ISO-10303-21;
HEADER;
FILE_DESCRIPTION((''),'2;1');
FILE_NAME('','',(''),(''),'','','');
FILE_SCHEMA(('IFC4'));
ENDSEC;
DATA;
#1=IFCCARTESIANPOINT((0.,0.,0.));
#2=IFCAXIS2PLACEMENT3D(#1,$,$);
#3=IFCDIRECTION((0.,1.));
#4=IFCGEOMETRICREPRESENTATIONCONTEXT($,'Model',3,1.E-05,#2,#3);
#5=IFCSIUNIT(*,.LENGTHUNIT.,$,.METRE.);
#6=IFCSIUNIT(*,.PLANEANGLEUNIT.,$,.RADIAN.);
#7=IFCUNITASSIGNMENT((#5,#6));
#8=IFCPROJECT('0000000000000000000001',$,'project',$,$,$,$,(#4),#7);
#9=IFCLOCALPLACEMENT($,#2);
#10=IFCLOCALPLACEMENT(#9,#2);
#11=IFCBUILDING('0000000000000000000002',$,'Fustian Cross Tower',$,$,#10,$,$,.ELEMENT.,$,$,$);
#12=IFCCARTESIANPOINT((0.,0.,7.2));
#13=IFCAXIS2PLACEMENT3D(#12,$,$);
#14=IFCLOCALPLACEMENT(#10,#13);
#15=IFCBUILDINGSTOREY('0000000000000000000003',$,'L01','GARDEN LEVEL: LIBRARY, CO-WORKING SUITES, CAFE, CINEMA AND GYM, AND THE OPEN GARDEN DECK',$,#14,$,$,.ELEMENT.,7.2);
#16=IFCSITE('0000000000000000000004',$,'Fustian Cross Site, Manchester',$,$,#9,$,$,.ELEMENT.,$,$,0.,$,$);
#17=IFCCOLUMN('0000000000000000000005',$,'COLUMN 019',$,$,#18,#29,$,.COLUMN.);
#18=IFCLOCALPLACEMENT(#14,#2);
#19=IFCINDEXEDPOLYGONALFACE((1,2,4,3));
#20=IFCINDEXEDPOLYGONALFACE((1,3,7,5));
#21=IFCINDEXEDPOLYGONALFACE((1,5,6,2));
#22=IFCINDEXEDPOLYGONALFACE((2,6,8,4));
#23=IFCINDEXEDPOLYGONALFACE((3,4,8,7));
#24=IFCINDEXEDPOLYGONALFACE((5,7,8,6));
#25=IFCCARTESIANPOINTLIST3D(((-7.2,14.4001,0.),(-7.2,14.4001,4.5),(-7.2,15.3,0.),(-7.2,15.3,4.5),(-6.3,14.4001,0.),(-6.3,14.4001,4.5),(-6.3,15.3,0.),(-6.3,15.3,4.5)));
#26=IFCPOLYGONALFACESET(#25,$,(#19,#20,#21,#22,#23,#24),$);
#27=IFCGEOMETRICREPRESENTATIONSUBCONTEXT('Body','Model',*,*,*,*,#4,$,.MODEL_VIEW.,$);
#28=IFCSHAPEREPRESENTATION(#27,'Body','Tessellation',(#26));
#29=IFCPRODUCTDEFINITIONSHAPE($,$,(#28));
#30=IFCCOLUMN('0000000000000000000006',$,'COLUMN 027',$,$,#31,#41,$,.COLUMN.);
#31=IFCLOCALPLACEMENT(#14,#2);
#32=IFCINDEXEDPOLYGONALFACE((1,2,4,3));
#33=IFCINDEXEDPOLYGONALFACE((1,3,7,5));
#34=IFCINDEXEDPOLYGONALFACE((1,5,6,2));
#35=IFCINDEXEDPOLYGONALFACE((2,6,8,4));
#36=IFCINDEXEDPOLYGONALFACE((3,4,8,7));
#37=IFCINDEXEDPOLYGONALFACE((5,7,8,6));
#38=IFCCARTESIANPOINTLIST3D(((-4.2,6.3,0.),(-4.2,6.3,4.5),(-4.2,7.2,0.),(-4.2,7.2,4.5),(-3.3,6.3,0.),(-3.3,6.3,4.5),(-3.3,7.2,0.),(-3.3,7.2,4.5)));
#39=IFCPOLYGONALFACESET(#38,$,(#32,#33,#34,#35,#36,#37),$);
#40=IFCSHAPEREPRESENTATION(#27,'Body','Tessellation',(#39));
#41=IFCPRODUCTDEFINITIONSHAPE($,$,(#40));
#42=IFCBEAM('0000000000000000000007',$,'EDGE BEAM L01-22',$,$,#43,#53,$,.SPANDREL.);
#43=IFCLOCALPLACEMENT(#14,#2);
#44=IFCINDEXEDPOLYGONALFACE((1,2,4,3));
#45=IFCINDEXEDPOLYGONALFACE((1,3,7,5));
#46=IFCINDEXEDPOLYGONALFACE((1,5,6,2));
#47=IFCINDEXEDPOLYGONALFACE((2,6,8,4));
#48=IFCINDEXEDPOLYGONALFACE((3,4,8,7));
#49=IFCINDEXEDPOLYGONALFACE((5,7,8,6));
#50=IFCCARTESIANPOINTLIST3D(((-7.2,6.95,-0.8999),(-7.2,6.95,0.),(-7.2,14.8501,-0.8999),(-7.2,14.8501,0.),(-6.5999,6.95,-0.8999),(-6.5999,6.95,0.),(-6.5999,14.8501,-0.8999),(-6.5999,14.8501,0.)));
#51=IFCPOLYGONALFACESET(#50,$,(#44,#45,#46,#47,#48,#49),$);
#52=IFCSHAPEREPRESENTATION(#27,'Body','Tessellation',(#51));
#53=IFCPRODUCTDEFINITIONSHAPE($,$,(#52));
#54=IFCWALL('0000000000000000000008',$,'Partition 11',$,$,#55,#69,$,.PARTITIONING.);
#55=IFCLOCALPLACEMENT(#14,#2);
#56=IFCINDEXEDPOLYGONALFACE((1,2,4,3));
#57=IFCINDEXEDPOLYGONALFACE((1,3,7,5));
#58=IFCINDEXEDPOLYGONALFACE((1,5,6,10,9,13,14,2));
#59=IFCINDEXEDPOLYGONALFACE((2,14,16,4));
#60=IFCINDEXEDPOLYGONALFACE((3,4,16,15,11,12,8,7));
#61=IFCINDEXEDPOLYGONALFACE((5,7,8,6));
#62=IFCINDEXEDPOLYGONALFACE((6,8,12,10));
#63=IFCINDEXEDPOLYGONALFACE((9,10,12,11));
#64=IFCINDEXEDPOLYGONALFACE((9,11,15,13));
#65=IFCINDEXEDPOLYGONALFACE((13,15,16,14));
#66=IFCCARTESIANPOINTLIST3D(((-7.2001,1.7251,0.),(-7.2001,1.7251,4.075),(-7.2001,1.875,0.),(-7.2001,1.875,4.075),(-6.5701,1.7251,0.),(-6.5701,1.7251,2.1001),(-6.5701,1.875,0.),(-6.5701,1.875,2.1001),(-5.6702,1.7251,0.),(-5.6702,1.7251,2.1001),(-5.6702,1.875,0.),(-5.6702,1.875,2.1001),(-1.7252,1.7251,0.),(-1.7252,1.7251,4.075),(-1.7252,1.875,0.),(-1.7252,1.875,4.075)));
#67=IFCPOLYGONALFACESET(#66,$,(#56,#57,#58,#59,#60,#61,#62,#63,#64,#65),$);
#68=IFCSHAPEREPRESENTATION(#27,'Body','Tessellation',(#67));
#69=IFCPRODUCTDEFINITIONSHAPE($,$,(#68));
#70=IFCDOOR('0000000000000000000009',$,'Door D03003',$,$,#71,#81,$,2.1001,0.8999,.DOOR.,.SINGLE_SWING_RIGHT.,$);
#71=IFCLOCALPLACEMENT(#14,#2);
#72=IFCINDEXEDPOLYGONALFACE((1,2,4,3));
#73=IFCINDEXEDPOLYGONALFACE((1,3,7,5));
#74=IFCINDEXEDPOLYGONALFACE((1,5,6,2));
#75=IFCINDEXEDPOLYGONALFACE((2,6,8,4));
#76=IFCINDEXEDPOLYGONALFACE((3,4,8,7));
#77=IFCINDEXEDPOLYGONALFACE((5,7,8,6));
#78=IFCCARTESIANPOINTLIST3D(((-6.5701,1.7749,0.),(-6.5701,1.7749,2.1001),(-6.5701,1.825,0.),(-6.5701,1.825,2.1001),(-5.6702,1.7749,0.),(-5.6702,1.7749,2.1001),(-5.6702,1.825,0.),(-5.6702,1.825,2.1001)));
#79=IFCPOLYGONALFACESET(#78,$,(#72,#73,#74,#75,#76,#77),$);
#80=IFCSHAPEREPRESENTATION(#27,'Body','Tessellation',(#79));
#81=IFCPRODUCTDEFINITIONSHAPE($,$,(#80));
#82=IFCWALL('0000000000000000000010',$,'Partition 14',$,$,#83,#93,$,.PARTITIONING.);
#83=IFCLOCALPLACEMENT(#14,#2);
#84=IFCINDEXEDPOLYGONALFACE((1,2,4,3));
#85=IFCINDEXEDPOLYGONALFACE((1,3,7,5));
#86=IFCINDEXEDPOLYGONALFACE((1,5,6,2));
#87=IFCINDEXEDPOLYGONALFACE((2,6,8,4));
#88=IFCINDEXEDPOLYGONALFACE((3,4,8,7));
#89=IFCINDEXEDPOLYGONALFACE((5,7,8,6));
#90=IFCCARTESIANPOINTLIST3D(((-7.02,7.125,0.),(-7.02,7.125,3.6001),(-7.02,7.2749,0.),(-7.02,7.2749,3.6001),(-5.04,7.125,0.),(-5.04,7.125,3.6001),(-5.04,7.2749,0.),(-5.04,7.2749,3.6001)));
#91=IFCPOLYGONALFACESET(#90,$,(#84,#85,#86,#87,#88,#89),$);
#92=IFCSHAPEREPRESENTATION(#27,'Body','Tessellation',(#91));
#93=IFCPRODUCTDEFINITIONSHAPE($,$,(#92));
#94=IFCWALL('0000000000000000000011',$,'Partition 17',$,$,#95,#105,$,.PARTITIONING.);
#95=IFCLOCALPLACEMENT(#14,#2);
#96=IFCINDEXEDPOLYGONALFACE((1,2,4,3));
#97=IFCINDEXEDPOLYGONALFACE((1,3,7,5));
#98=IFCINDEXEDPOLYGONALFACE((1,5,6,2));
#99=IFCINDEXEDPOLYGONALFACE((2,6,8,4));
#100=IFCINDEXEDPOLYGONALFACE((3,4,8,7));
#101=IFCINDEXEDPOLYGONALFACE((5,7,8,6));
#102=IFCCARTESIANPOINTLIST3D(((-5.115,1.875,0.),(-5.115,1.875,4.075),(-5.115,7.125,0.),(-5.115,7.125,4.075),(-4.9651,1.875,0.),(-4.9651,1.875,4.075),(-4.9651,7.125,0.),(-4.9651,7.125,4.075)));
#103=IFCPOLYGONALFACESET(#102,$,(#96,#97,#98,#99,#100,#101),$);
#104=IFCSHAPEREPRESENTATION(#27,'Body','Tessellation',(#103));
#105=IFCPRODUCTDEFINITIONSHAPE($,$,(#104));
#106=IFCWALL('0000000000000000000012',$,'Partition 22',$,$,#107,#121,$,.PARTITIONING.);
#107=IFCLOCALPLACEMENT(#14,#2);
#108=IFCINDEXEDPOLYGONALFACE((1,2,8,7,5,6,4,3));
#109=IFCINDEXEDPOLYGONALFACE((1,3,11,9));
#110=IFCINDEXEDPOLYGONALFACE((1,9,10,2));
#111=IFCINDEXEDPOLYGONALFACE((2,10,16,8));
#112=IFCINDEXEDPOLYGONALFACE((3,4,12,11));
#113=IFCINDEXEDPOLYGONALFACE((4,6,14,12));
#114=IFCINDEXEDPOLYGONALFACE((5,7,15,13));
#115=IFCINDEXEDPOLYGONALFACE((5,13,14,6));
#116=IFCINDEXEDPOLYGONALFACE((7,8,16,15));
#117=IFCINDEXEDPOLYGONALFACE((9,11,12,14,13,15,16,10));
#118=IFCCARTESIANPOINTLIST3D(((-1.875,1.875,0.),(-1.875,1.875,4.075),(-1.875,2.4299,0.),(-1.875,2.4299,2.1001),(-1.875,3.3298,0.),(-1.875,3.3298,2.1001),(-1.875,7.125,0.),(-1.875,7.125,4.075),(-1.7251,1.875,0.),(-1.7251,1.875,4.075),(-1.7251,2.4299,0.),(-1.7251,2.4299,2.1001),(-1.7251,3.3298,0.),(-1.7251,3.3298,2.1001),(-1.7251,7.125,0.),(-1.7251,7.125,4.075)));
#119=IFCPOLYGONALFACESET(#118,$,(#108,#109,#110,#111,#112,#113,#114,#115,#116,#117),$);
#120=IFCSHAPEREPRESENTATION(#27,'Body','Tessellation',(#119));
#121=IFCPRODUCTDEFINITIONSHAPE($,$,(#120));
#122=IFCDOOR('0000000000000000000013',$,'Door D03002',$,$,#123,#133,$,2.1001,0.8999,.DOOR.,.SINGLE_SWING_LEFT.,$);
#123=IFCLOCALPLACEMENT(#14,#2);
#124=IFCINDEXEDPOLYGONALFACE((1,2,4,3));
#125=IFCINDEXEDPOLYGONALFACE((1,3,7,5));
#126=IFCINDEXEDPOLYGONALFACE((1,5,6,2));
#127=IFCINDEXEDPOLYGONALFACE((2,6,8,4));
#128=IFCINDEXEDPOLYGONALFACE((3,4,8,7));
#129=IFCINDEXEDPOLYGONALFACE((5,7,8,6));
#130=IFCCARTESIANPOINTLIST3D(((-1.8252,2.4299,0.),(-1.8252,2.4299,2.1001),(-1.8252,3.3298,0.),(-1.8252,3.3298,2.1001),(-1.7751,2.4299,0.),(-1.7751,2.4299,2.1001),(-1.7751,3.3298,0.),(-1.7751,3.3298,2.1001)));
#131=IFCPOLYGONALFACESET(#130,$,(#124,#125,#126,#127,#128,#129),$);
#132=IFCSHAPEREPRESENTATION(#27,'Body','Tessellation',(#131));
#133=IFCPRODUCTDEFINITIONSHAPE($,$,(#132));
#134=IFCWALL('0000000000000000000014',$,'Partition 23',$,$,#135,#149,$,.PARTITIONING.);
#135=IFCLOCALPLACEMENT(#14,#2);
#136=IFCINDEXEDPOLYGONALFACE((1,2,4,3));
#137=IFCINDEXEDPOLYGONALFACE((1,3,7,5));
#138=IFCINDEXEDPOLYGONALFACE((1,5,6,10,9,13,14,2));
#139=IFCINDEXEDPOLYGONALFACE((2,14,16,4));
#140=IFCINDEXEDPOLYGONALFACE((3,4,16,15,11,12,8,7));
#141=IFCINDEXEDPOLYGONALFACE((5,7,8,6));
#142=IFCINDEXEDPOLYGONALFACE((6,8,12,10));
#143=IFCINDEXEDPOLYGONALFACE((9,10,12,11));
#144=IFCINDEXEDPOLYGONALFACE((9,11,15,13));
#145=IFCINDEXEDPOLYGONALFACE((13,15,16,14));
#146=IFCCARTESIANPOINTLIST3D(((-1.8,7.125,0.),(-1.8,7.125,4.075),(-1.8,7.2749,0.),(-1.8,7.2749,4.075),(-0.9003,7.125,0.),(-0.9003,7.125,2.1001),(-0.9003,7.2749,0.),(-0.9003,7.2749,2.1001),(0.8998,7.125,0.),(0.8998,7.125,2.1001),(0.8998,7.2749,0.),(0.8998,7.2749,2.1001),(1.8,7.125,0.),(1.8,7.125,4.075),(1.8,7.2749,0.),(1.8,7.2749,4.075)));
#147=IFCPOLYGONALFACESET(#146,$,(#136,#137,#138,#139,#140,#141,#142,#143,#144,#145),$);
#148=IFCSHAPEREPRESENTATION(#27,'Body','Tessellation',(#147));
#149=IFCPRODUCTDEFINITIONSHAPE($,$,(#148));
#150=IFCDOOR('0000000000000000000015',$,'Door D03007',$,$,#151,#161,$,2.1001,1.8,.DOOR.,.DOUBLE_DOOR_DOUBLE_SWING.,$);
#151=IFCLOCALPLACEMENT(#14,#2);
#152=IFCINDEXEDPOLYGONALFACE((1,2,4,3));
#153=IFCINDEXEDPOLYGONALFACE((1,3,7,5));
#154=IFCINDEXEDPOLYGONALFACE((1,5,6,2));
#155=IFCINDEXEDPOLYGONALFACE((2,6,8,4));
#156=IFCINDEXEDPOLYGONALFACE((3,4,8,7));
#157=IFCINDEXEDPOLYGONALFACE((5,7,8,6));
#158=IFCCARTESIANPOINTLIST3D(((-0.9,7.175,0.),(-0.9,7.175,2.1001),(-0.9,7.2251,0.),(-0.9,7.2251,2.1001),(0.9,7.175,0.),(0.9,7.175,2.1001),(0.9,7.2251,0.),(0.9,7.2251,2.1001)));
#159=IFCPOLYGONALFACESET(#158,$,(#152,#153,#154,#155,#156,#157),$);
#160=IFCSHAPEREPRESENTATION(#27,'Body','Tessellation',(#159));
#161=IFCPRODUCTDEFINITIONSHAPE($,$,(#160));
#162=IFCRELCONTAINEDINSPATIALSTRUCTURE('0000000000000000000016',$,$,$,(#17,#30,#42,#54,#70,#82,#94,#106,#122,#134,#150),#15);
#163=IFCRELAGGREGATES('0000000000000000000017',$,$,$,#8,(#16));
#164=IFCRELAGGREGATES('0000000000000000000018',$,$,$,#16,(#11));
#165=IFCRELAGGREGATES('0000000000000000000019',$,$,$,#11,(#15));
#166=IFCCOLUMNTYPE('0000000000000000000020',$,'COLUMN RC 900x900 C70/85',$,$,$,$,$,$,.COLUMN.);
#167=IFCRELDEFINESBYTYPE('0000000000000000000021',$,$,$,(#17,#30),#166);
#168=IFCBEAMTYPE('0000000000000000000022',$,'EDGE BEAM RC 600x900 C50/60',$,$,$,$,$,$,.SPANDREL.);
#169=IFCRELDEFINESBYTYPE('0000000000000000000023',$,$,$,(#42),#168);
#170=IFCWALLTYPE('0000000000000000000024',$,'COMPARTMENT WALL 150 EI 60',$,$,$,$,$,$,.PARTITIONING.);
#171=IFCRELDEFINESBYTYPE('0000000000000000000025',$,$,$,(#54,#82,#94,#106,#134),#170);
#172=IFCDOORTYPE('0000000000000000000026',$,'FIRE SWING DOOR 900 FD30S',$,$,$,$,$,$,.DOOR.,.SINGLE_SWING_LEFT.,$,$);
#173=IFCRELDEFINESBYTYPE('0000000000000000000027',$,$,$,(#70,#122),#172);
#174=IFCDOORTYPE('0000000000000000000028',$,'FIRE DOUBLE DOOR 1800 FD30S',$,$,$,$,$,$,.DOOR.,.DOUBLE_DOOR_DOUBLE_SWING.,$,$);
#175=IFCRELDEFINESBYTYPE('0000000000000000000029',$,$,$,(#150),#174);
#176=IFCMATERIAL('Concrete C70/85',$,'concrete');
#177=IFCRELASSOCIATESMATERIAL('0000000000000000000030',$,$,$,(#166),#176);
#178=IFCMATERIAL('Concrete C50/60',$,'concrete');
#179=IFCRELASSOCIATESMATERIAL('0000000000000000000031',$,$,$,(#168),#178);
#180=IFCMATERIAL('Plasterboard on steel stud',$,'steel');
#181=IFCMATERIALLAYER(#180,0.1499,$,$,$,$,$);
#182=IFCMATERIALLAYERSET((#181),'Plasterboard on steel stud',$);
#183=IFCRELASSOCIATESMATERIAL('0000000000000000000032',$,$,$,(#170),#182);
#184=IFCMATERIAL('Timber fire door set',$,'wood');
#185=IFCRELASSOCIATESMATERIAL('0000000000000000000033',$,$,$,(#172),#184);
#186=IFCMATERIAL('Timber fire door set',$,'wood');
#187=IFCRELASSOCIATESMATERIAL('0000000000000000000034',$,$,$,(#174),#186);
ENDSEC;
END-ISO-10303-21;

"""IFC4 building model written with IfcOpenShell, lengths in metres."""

from ifc_helpers import new_model, si_unit, direction, frame, frame_2d, origin, origin_2d, place, context, subcontext, project, spatial, rectangle, extrude, material, layer, layer_set, material_profile, profile_set, type_object, element, fill, save


model = new_model("IFC4")

# Units and contexts
model_context = context("Model", 3, precision=1e-05, world=origin(), true_north=direction((0.0, 1.0)))
body_context = subcontext(model_context, "Body", "Model", "MODEL_VIEW")
ifc_project = project(units=[si_unit("LENGTHUNIT", "METRE"), si_unit("PLANEANGLEUNIT", "RADIAN")], contexts=[model_context])

# Site, building, storey
site_placement = place(None, origin())
site = spatial("IfcSite", under=ifc_project, at=site_placement, Name="Fustian Cross Site, Manchester", CompositionType="ELEMENT", RefElevation=0.0)
building_placement = place(site_placement, origin())
building = spatial("IfcBuilding", under=site, at=building_placement, Name="Fustian Cross Tower", CompositionType="ELEMENT")
storey_placement = place(building_placement, frame((0.0, 0.0, 7.2)))
storey = spatial("IfcBuildingStorey", under=building, at=storey_placement, Name="L01", Description="GARDEN LEVEL: LIBRARY, CO-WORKING SUITES, CAFE, CINEMA AND GYM, AND THE OPEN GARDEN DECK", CompositionType="ELEMENT", Elevation=7.2)

# Columns
ifc_material_1 = material(Name="Concrete C70/85", Category="concrete")
ifc_material_profile_1 = material_profile(ifc_material_1, rectangle(XDim=0.8999, YDim=0.8999, at=origin_2d()), Name="RC 900x900")
ifc_profile_set_1 = profile_set([ifc_material_profile_1], Name="Concrete C70/85")
column_type = type_object("IfcColumnType", Name="COLUMN RC 900x900 C70/85", PredefinedType="COLUMN", material=ifc_profile_set_1)
for number, where, z_axis, x_axis, name in (
    (1, (-6.75, 14.8501, 0.0), (0.0, 0.0, 1.0), (1.0, 0.0, 0.0), "COLUMN 019"),
    (2, (-3.75, 6.75, 0.0), (0.0, 0.0, 1.0), (1.0, 0.0, 0.0), "COLUMN 027"),
):
    element("IfcColumn", number, at=place(storey_placement, frame(where, z_axis=z_axis, x_axis=x_axis)), inside=storey, type_object=column_type, Name=name, PredefinedType="COLUMN", context=body_context, shape_type="SweptSolid", body=[
        extrude(rectangle(XDim=0.8999, YDim=0.8999, at=origin_2d()), origin(), (0.0, 0.0, 1.0), 4.5),
    ])

# Beam
ifc_material_2 = material(Name="Concrete C50/60", Category="concrete")
ifc_material_profile_2 = material_profile(ifc_material_2, rectangle(XDim=0.6001, YDim=0.8999, at=origin_2d()), Name="RC 600x900")
ifc_profile_set_2 = profile_set([ifc_material_profile_2], Name="Concrete C50/60")
beam_type = type_object("IfcBeamType", Name="EDGE BEAM RC 600x900 C50/60", PredefinedType="SPANDREL", material=ifc_profile_set_2)
beam_placement = place(storey_placement, frame((-6.8999, 14.8501, -0.45), z_axis=(0.0, -1.0, 0.0), x_axis=(1.0, 0.0, 0.0)))
element("IfcBeam", 3, at=beam_placement, inside=storey, type_object=beam_type, Name="EDGE BEAM L01-22", PredefinedType="SPANDREL", context=body_context, shape_type="SweptSolid", body=[
    extrude(rectangle(XDim=0.6001, YDim=0.8999, at=origin_2d()), origin(), (0.0, 0.0, 1.0), 7.9001),
])

# Wall, opening, door
ifc_material_3 = material(Name="Plasterboard on steel stud", Category="steel")
ifc_layer_1 = layer(ifc_material_3, 0.1499)
ifc_layer_set_1 = layer_set([ifc_layer_1], Name="Plasterboard on steel stud")
wall_type_1 = type_object("IfcWallType", Name="COMPARTMENT WALL 150 EI 60", PredefinedType="PARTITIONING", material=ifc_layer_set_1)
wall_1_placement = place(storey_placement, frame((-7.2, 1.8, 0.0), z_axis=(0.0, 0.0, 1.0), x_axis=(1.0, 0.0, 0.0)))
wall_1 = element("IfcWall", 4, at=wall_1_placement, inside=storey, type_object=wall_type_1, Name="Partition 11", PredefinedType="PARTITIONING", context=body_context, shape_type="SweptSolid", body=[
    extrude(rectangle(XDim=5.4749, YDim=0.1499, at=frame_2d((2.7373, 0.0))), origin(), (0.0, 0.0, 1.0), 4.075),
])
opening_1_placement = place(wall_1_placement, frame((0.6299, 0.0, 0.0)))
opening_1 = element("IfcOpeningElement", 5, at=opening_1_placement, cuts=wall_1, PredefinedType="OPENING", context=body_context, shape_type="SweptSolid", body=[
    extrude(rectangle(XDim=0.8999, YDim=2.1001, at=frame_2d((0.45, 1.05))), frame((0.0, 0.085, 0.0), z_axis=(0.0, -1.0, 0.0), x_axis=(1.0, 0.0, 0.0)), (0.0, 0.0, 1.0), 0.1699),
])
ifc_material_4 = material(Name="Timber fire door set", Category="wood")
door_type_1 = type_object("IfcDoorType", Name="FIRE SWING DOOR 900 FD30S", OperationType="SINGLE_SWING_LEFT", PredefinedType="DOOR", material=ifc_material_4)
door_1_placement = place(opening_1_placement, origin())
door_1 = element("IfcDoor", 6, at=door_1_placement, inside=storey, type_object=door_type_1, Name="Door D03003", OperationType="SINGLE_SWING_RIGHT", OverallHeight=2.1001, OverallWidth=0.8999, PredefinedType="DOOR", context=body_context, shape_type="SweptSolid", body=[
    extrude(rectangle(XDim=0.8999, YDim=2.1001, at=frame_2d((0.45, 1.05))), frame((0.0, 0.0249, 0.0), z_axis=(0.0, -1.0, 0.0), x_axis=(1.0, 0.0, 0.0)), (0.0, 0.0, 1.0), 0.05),
])
fill(opening_1, door_1)

# Walls
wall_2_placement = place(storey_placement, frame((-7.02, 7.2, 0.0), z_axis=(0.0, 0.0, 1.0), x_axis=(1.0, 0.0, 0.0)))
element("IfcWall", 7, at=wall_2_placement, inside=storey, type_object=wall_type_1, Name="Partition 14", PredefinedType="PARTITIONING", context=body_context, shape_type="SweptSolid", body=[
    extrude(rectangle(XDim=1.98, YDim=0.1499, at=frame_2d((0.99, 0.0))), origin(), (0.0, 0.0, 1.0), 3.6001),
])
wall_3_placement = place(storey_placement, frame((-5.04, 1.875, 0.0), z_axis=(0.0, 0.0, 1.0), x_axis=(0.0, 1.0, 0.0)))
element("IfcWall", 8, at=wall_3_placement, inside=storey, type_object=wall_type_1, Name="Partition 17", PredefinedType="PARTITIONING", context=body_context, shape_type="SweptSolid", body=[
    extrude(rectangle(XDim=5.25, YDim=0.1499, at=frame_2d((2.625, 0.0))), origin(), (0.0, 0.0, 1.0), 4.075),
])

# Walls, openings, doors
wall_4_placement = place(storey_placement, frame((-1.8, 1.875, 0.0), z_axis=(0.0, 0.0, 1.0), x_axis=(0.0, 1.0, 0.0)))
wall_4 = element("IfcWall", 9, at=wall_4_placement, inside=storey, type_object=wall_type_1, Name="Partition 22", PredefinedType="PARTITIONING", context=body_context, shape_type="SweptSolid", body=[
    extrude(rectangle(XDim=5.25, YDim=0.1499, at=frame_2d((2.625, 0.0))), origin(), (0.0, 0.0, 1.0), 4.075),
])
opening_2_placement = place(wall_4_placement, frame((0.5549, 0.0, 0.0)))
opening_2 = element("IfcOpeningElement", 10, at=opening_2_placement, cuts=wall_4, PredefinedType="OPENING", context=body_context, shape_type="SweptSolid", body=[
    extrude(rectangle(XDim=0.8999, YDim=2.1001, at=frame_2d((0.45, 1.05))), frame((0.0, 0.085, 0.0), z_axis=(0.0, -1.0, 0.0), x_axis=(1.0, 0.0, 0.0)), (0.0, 0.0, 1.0), 0.1699),
])
door_2_placement = place(opening_2_placement, frame((0.8999, 0.0, 0.0), z_axis=(0.0, 0.0, 1.0), x_axis=(-1.0, 0.0, 0.0)))
door_2 = element("IfcDoor", 11, at=door_2_placement, inside=storey, type_object=door_type_1, Name="Door D03002", OperationType="SINGLE_SWING_LEFT", OverallHeight=2.1001, OverallWidth=0.8999, PredefinedType="DOOR", context=body_context, shape_type="SweptSolid", body=[
    extrude(rectangle(XDim=0.8999, YDim=2.1001, at=frame_2d((0.45, 1.05))), frame((0.0, 0.0249, 0.0), z_axis=(0.0, -1.0, 0.0), x_axis=(1.0, 0.0, 0.0)), (0.0, 0.0, 1.0), 0.05),
])
fill(opening_2, door_2)
wall_5_placement = place(storey_placement, frame((-1.8, 7.2, 0.0), z_axis=(0.0, 0.0, 1.0), x_axis=(1.0, 0.0, 0.0)))
wall_5 = element("IfcWall", 12, at=wall_5_placement, inside=storey, type_object=wall_type_1, Name="Partition 23", PredefinedType="PARTITIONING", context=body_context, shape_type="SweptSolid", body=[
    extrude(rectangle(XDim=3.6001, YDim=0.1499, at=frame_2d((1.8, 0.0))), origin(), (0.0, 0.0, 1.0), 4.075),
])
opening_3_placement = place(wall_5_placement, frame((0.8999, 0.0, 0.0)))
opening_3 = element("IfcOpeningElement", 13, at=opening_3_placement, cuts=wall_5, PredefinedType="OPENING", context=body_context, shape_type="SweptSolid", body=[
    extrude(rectangle(XDim=1.8, YDim=2.1001, at=frame_2d((0.8999, 1.05))), frame((0.0, 0.085, 0.0), z_axis=(0.0, -1.0, 0.0), x_axis=(1.0, 0.0, 0.0)), (0.0, 0.0, 1.0), 0.1699),
])
ifc_material_5 = material(Name="Timber fire door set", Category="wood")
door_type_2 = type_object("IfcDoorType", Name="FIRE DOUBLE DOOR 1800 FD30S", OperationType="DOUBLE_DOOR_DOUBLE_SWING", PredefinedType="DOOR", material=ifc_material_5)
door_3_placement = place(opening_3_placement, frame((1.8, 0.0, 0.0), z_axis=(0.0, 0.0, 1.0), x_axis=(-1.0, 0.0, 0.0)))
door_3 = element("IfcDoor", 14, at=door_3_placement, inside=storey, type_object=door_type_2, Name="Door D03007", OperationType="DOUBLE_DOOR_DOUBLE_SWING", OverallHeight=2.1001, OverallWidth=1.8, PredefinedType="DOOR", context=body_context, shape_type="SweptSolid", body=[
    extrude(rectangle(XDim=1.8, YDim=2.1001, at=frame_2d((0.8999, 1.05))), frame((0.0, 0.0249, 0.0), z_axis=(0.0, -1.0, 0.0), x_axis=(1.0, 0.0, 0.0)), (0.0, 0.0, 1.0), 0.05),
])
fill(opening_3, door_3)

save(model, "model.ifc")
